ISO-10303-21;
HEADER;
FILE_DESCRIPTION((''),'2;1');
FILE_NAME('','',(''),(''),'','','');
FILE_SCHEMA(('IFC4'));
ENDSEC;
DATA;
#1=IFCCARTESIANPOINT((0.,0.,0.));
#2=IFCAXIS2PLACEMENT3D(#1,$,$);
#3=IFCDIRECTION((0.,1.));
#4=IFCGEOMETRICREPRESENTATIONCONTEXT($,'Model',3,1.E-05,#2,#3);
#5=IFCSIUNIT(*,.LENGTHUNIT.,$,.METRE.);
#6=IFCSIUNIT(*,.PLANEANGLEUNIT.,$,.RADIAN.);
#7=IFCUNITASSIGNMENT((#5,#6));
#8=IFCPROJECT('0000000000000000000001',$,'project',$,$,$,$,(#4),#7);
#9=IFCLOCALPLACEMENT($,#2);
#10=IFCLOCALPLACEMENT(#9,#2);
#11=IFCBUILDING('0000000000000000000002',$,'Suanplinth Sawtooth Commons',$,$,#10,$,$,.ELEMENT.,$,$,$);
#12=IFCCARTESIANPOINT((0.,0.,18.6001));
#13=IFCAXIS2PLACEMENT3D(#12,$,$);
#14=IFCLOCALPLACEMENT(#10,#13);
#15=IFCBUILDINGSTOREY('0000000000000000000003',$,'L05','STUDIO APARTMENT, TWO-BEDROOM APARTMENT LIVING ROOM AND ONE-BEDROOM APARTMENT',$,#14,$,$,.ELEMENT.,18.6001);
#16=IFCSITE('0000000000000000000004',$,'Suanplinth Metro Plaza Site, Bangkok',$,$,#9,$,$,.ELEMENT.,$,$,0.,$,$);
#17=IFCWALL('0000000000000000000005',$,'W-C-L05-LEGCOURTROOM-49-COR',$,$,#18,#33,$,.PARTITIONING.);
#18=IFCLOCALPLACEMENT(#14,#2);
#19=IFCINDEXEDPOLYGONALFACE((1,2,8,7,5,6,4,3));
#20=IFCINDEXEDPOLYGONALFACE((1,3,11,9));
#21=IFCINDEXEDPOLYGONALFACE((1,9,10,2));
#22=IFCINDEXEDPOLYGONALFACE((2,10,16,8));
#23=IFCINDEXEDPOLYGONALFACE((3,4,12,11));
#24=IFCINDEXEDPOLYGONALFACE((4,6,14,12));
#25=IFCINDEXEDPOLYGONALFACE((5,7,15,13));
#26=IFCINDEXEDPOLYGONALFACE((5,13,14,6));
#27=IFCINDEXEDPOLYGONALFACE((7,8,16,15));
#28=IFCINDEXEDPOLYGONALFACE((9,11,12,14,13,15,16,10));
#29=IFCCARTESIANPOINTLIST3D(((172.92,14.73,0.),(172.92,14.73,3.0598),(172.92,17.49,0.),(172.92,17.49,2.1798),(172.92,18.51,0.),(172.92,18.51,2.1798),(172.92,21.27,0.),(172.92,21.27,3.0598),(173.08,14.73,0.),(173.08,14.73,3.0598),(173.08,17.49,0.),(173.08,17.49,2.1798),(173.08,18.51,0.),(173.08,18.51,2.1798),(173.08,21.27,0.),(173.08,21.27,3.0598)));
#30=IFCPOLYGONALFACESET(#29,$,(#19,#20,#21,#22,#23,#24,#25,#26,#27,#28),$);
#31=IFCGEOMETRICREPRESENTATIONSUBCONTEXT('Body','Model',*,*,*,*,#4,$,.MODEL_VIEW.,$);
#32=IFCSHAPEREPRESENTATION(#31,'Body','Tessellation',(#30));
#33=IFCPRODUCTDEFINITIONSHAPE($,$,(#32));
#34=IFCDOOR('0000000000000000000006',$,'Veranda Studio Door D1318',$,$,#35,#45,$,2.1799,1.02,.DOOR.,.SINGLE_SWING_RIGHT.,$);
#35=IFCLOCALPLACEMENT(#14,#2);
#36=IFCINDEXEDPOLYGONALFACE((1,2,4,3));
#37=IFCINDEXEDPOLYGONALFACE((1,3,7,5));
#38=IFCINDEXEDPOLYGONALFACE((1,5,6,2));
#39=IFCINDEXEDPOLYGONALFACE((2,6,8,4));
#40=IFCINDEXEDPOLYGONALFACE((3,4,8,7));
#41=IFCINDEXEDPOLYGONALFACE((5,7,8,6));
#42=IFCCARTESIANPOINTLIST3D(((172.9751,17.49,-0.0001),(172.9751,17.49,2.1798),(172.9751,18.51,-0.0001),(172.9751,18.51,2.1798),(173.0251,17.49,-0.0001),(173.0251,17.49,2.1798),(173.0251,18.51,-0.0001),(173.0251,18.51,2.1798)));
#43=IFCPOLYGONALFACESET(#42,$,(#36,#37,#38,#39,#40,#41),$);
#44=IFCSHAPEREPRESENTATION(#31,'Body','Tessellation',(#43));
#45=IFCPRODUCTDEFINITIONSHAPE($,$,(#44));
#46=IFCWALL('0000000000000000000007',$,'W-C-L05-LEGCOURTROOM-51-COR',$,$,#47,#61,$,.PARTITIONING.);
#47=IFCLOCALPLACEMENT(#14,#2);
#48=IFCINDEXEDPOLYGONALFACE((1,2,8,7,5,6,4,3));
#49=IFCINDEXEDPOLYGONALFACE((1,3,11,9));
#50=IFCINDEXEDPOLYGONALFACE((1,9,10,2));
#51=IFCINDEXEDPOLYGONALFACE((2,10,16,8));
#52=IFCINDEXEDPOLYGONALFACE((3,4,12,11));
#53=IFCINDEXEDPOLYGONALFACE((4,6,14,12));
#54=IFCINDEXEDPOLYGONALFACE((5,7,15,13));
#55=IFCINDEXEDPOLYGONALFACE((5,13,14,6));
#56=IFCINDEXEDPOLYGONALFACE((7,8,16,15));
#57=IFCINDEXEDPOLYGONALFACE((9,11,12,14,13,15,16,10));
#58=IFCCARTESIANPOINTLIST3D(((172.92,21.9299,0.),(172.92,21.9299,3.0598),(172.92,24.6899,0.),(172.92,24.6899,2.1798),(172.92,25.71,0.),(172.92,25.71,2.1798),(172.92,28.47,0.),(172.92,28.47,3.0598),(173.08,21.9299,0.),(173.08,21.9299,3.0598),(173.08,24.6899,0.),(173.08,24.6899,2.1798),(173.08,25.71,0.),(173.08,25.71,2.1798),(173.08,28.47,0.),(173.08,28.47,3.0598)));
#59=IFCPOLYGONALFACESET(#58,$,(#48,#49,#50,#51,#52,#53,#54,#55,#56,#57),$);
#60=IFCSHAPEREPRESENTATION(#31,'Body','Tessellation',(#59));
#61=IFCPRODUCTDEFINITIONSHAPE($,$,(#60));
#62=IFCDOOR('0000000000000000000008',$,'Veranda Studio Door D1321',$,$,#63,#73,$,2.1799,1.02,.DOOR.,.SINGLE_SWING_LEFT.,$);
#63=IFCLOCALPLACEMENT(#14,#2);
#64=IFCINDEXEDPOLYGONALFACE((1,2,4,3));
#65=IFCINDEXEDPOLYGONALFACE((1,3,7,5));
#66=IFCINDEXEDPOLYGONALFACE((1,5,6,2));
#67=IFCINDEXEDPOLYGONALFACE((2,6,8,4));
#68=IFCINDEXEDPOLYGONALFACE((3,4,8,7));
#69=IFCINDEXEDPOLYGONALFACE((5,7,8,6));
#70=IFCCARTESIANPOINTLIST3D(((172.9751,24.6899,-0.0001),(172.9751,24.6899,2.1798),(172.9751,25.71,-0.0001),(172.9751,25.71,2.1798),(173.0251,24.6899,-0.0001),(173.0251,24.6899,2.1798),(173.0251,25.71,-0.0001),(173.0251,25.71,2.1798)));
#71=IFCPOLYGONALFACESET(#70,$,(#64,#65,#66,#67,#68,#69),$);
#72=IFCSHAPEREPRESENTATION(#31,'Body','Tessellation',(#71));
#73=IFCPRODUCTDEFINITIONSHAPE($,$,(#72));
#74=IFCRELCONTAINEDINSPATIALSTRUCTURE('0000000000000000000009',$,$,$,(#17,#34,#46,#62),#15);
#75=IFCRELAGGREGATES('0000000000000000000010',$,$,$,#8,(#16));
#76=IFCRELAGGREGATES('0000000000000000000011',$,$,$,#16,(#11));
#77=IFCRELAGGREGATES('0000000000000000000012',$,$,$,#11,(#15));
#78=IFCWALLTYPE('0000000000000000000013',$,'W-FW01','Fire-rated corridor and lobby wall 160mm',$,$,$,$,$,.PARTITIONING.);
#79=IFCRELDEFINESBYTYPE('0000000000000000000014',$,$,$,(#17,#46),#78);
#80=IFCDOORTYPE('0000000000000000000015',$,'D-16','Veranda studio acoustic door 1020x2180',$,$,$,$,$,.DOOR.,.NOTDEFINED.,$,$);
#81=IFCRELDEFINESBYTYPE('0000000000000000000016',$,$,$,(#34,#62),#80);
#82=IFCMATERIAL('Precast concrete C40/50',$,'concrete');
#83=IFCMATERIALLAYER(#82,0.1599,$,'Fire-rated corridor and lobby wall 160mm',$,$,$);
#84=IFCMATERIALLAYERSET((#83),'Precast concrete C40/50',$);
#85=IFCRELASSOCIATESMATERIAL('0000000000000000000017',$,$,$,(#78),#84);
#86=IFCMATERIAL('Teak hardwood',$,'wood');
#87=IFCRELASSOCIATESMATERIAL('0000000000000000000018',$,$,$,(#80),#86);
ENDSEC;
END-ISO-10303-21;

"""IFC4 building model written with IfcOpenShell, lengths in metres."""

from ifc_helpers import new_model, si_unit, direction, frame, frame_2d, origin, place, context, subcontext, project, spatial, rectangle, extrude, material, layer, layer_set, type_object, element, fill, save


model = new_model("IFC4")

# Units and contexts
model_context = context("Model", 3, precision=1e-05, world=origin(), true_north=direction((0.0, 1.0)))
body_context = subcontext(model_context, "Body", "Model", "MODEL_VIEW")
ifc_project = project(units=[si_unit("LENGTHUNIT", "METRE"), si_unit("PLANEANGLEUNIT", "RADIAN")], contexts=[model_context])

# Site, building, storey
site_placement = place(None, origin())
site = spatial("IfcSite", under=ifc_project, at=site_placement, Name="Suanplinth Metro Plaza Site, Bangkok", CompositionType="ELEMENT", RefElevation=0.0)
building_placement = place(site_placement, origin())
building = spatial("IfcBuilding", under=site, at=building_placement, Name="Suanplinth Sawtooth Commons", CompositionType="ELEMENT")
storey_placement = place(building_placement, frame((0.0, 0.0, 18.6001)))
storey = spatial("IfcBuildingStorey", under=building, at=storey_placement, Name="L05", Description="STUDIO APARTMENT, TWO-BEDROOM APARTMENT LIVING ROOM AND ONE-BEDROOM APARTMENT", CompositionType="ELEMENT", Elevation=18.6001)

# Shared definitions
ifc_material_1 = material(Name="Precast concrete C40/50", Category="concrete")

# Walls, openings, doors
ifc_layer_1 = layer(ifc_material_1, 0.1599, Name="Fire-rated corridor and lobby wall 160mm")
ifc_layer_set_1 = layer_set([ifc_layer_1], Name="Precast concrete C40/50")
wall_type_1 = type_object("IfcWallType", Name="W-FW01", Description="Fire-rated corridor and lobby wall 160mm", PredefinedType="PARTITIONING", material=ifc_layer_set_1)
wall_1_placement = place(storey_placement, frame((173.0, 14.73, 0.0), z_axis=(0.0, 0.0, 1.0), x_axis=(0.0, 1.0, 0.0)))
wall_1 = element("IfcWall", 1, at=wall_1_placement, inside=storey, type_object=wall_type_1, Name="W-C-L05-LEGCOURTROOM-49-COR", PredefinedType="PARTITIONING", context=body_context, shape_type="SweptSolid", body=[
    extrude(rectangle(XDim=6.54, YDim=0.1599, at=frame_2d((3.27, 0.0))), origin(), (0.0, 0.0, 1.0), 3.0598),
])
opening_1_placement = place(wall_1_placement, frame((2.76, 0.0, 0.0)))
opening_1 = element("IfcOpeningElement", 2, at=opening_1_placement, cuts=wall_1, PredefinedType="OPENING", context=body_context, shape_type="SweptSolid", body=[
    extrude(rectangle(XDim=1.02, YDim=2.1799, at=frame_2d((0.51, 1.0898))), frame((0.0, 0.0947, 0.0), z_axis=(0.0, -1.0, 0.0), x_axis=(1.0, 0.0, 0.0)), (0.0, 0.0, 1.0), 0.1897),
])
ifc_material_2 = material(Name="Teak hardwood", Category="wood")
door_type_1 = type_object("IfcDoorType", Name="D-16", Description="Veranda studio acoustic door 1020x2180", OperationType="NOTDEFINED", PredefinedType="DOOR", material=ifc_material_2)
door_1_placement = place(opening_1_placement, origin())
door_1 = element("IfcDoor", 3, at=door_1_placement, inside=storey, type_object=door_type_1, Name="Veranda Studio Door D1318", OperationType="SINGLE_SWING_RIGHT", OverallHeight=2.1799, OverallWidth=1.02, PredefinedType="DOOR", context=body_context, shape_type="SweptSolid", body=[
    extrude(rectangle(XDim=1.02, YDim=2.1799, at=frame_2d((0.51, 1.0898))), frame((0.0, 0.0249, 0.0), z_axis=(0.0, -1.0, 0.0), x_axis=(1.0, 0.0, 0.0)), (0.0, 0.0, 1.0), 0.05),
])
fill(opening_1, door_1)
wall_2_placement = place(storey_placement, frame((173.0, 21.9299, 0.0), z_axis=(0.0, 0.0, 1.0), x_axis=(0.0, 1.0, 0.0)))
wall_2 = element("IfcWall", 4, at=wall_2_placement, inside=storey, type_object=wall_type_1, Name="W-C-L05-LEGCOURTROOM-51-COR", PredefinedType="PARTITIONING", context=body_context, shape_type="SweptSolid", body=[
    extrude(rectangle(XDim=6.54, YDim=0.1599, at=frame_2d((3.27, 0.0))), origin(), (0.0, 0.0, 1.0), 3.0598),
])
opening_2_placement = place(wall_2_placement, frame((2.76, 0.0, 0.0)))
opening_2 = element("IfcOpeningElement", 5, at=opening_2_placement, cuts=wall_2, PredefinedType="OPENING", context=body_context, shape_type="SweptSolid", body=[
    extrude(rectangle(XDim=1.02, YDim=2.1799, at=frame_2d((0.51, 1.0898))), frame((0.0, 0.0947, 0.0), z_axis=(0.0, -1.0, 0.0), x_axis=(1.0, 0.0, 0.0)), (0.0, 0.0, 1.0), 0.1897),
])
door_2_placement = place(opening_2_placement, origin())
door_2 = element("IfcDoor", 6, at=door_2_placement, inside=storey, type_object=door_type_1, Name="Veranda Studio Door D1321", OperationType="SINGLE_SWING_LEFT", OverallHeight=2.1799, OverallWidth=1.02, PredefinedType="DOOR", context=body_context, shape_type="SweptSolid", body=[
    extrude(rectangle(XDim=1.02, YDim=2.1799, at=frame_2d((0.51, 1.0898))), frame((0.0, 0.0249, 0.0), z_axis=(0.0, -1.0, 0.0), x_axis=(1.0, 0.0, 0.0)), (0.0, 0.0, 1.0), 0.05),
])
fill(opening_2, door_2)

save(model, "model.ifc")
